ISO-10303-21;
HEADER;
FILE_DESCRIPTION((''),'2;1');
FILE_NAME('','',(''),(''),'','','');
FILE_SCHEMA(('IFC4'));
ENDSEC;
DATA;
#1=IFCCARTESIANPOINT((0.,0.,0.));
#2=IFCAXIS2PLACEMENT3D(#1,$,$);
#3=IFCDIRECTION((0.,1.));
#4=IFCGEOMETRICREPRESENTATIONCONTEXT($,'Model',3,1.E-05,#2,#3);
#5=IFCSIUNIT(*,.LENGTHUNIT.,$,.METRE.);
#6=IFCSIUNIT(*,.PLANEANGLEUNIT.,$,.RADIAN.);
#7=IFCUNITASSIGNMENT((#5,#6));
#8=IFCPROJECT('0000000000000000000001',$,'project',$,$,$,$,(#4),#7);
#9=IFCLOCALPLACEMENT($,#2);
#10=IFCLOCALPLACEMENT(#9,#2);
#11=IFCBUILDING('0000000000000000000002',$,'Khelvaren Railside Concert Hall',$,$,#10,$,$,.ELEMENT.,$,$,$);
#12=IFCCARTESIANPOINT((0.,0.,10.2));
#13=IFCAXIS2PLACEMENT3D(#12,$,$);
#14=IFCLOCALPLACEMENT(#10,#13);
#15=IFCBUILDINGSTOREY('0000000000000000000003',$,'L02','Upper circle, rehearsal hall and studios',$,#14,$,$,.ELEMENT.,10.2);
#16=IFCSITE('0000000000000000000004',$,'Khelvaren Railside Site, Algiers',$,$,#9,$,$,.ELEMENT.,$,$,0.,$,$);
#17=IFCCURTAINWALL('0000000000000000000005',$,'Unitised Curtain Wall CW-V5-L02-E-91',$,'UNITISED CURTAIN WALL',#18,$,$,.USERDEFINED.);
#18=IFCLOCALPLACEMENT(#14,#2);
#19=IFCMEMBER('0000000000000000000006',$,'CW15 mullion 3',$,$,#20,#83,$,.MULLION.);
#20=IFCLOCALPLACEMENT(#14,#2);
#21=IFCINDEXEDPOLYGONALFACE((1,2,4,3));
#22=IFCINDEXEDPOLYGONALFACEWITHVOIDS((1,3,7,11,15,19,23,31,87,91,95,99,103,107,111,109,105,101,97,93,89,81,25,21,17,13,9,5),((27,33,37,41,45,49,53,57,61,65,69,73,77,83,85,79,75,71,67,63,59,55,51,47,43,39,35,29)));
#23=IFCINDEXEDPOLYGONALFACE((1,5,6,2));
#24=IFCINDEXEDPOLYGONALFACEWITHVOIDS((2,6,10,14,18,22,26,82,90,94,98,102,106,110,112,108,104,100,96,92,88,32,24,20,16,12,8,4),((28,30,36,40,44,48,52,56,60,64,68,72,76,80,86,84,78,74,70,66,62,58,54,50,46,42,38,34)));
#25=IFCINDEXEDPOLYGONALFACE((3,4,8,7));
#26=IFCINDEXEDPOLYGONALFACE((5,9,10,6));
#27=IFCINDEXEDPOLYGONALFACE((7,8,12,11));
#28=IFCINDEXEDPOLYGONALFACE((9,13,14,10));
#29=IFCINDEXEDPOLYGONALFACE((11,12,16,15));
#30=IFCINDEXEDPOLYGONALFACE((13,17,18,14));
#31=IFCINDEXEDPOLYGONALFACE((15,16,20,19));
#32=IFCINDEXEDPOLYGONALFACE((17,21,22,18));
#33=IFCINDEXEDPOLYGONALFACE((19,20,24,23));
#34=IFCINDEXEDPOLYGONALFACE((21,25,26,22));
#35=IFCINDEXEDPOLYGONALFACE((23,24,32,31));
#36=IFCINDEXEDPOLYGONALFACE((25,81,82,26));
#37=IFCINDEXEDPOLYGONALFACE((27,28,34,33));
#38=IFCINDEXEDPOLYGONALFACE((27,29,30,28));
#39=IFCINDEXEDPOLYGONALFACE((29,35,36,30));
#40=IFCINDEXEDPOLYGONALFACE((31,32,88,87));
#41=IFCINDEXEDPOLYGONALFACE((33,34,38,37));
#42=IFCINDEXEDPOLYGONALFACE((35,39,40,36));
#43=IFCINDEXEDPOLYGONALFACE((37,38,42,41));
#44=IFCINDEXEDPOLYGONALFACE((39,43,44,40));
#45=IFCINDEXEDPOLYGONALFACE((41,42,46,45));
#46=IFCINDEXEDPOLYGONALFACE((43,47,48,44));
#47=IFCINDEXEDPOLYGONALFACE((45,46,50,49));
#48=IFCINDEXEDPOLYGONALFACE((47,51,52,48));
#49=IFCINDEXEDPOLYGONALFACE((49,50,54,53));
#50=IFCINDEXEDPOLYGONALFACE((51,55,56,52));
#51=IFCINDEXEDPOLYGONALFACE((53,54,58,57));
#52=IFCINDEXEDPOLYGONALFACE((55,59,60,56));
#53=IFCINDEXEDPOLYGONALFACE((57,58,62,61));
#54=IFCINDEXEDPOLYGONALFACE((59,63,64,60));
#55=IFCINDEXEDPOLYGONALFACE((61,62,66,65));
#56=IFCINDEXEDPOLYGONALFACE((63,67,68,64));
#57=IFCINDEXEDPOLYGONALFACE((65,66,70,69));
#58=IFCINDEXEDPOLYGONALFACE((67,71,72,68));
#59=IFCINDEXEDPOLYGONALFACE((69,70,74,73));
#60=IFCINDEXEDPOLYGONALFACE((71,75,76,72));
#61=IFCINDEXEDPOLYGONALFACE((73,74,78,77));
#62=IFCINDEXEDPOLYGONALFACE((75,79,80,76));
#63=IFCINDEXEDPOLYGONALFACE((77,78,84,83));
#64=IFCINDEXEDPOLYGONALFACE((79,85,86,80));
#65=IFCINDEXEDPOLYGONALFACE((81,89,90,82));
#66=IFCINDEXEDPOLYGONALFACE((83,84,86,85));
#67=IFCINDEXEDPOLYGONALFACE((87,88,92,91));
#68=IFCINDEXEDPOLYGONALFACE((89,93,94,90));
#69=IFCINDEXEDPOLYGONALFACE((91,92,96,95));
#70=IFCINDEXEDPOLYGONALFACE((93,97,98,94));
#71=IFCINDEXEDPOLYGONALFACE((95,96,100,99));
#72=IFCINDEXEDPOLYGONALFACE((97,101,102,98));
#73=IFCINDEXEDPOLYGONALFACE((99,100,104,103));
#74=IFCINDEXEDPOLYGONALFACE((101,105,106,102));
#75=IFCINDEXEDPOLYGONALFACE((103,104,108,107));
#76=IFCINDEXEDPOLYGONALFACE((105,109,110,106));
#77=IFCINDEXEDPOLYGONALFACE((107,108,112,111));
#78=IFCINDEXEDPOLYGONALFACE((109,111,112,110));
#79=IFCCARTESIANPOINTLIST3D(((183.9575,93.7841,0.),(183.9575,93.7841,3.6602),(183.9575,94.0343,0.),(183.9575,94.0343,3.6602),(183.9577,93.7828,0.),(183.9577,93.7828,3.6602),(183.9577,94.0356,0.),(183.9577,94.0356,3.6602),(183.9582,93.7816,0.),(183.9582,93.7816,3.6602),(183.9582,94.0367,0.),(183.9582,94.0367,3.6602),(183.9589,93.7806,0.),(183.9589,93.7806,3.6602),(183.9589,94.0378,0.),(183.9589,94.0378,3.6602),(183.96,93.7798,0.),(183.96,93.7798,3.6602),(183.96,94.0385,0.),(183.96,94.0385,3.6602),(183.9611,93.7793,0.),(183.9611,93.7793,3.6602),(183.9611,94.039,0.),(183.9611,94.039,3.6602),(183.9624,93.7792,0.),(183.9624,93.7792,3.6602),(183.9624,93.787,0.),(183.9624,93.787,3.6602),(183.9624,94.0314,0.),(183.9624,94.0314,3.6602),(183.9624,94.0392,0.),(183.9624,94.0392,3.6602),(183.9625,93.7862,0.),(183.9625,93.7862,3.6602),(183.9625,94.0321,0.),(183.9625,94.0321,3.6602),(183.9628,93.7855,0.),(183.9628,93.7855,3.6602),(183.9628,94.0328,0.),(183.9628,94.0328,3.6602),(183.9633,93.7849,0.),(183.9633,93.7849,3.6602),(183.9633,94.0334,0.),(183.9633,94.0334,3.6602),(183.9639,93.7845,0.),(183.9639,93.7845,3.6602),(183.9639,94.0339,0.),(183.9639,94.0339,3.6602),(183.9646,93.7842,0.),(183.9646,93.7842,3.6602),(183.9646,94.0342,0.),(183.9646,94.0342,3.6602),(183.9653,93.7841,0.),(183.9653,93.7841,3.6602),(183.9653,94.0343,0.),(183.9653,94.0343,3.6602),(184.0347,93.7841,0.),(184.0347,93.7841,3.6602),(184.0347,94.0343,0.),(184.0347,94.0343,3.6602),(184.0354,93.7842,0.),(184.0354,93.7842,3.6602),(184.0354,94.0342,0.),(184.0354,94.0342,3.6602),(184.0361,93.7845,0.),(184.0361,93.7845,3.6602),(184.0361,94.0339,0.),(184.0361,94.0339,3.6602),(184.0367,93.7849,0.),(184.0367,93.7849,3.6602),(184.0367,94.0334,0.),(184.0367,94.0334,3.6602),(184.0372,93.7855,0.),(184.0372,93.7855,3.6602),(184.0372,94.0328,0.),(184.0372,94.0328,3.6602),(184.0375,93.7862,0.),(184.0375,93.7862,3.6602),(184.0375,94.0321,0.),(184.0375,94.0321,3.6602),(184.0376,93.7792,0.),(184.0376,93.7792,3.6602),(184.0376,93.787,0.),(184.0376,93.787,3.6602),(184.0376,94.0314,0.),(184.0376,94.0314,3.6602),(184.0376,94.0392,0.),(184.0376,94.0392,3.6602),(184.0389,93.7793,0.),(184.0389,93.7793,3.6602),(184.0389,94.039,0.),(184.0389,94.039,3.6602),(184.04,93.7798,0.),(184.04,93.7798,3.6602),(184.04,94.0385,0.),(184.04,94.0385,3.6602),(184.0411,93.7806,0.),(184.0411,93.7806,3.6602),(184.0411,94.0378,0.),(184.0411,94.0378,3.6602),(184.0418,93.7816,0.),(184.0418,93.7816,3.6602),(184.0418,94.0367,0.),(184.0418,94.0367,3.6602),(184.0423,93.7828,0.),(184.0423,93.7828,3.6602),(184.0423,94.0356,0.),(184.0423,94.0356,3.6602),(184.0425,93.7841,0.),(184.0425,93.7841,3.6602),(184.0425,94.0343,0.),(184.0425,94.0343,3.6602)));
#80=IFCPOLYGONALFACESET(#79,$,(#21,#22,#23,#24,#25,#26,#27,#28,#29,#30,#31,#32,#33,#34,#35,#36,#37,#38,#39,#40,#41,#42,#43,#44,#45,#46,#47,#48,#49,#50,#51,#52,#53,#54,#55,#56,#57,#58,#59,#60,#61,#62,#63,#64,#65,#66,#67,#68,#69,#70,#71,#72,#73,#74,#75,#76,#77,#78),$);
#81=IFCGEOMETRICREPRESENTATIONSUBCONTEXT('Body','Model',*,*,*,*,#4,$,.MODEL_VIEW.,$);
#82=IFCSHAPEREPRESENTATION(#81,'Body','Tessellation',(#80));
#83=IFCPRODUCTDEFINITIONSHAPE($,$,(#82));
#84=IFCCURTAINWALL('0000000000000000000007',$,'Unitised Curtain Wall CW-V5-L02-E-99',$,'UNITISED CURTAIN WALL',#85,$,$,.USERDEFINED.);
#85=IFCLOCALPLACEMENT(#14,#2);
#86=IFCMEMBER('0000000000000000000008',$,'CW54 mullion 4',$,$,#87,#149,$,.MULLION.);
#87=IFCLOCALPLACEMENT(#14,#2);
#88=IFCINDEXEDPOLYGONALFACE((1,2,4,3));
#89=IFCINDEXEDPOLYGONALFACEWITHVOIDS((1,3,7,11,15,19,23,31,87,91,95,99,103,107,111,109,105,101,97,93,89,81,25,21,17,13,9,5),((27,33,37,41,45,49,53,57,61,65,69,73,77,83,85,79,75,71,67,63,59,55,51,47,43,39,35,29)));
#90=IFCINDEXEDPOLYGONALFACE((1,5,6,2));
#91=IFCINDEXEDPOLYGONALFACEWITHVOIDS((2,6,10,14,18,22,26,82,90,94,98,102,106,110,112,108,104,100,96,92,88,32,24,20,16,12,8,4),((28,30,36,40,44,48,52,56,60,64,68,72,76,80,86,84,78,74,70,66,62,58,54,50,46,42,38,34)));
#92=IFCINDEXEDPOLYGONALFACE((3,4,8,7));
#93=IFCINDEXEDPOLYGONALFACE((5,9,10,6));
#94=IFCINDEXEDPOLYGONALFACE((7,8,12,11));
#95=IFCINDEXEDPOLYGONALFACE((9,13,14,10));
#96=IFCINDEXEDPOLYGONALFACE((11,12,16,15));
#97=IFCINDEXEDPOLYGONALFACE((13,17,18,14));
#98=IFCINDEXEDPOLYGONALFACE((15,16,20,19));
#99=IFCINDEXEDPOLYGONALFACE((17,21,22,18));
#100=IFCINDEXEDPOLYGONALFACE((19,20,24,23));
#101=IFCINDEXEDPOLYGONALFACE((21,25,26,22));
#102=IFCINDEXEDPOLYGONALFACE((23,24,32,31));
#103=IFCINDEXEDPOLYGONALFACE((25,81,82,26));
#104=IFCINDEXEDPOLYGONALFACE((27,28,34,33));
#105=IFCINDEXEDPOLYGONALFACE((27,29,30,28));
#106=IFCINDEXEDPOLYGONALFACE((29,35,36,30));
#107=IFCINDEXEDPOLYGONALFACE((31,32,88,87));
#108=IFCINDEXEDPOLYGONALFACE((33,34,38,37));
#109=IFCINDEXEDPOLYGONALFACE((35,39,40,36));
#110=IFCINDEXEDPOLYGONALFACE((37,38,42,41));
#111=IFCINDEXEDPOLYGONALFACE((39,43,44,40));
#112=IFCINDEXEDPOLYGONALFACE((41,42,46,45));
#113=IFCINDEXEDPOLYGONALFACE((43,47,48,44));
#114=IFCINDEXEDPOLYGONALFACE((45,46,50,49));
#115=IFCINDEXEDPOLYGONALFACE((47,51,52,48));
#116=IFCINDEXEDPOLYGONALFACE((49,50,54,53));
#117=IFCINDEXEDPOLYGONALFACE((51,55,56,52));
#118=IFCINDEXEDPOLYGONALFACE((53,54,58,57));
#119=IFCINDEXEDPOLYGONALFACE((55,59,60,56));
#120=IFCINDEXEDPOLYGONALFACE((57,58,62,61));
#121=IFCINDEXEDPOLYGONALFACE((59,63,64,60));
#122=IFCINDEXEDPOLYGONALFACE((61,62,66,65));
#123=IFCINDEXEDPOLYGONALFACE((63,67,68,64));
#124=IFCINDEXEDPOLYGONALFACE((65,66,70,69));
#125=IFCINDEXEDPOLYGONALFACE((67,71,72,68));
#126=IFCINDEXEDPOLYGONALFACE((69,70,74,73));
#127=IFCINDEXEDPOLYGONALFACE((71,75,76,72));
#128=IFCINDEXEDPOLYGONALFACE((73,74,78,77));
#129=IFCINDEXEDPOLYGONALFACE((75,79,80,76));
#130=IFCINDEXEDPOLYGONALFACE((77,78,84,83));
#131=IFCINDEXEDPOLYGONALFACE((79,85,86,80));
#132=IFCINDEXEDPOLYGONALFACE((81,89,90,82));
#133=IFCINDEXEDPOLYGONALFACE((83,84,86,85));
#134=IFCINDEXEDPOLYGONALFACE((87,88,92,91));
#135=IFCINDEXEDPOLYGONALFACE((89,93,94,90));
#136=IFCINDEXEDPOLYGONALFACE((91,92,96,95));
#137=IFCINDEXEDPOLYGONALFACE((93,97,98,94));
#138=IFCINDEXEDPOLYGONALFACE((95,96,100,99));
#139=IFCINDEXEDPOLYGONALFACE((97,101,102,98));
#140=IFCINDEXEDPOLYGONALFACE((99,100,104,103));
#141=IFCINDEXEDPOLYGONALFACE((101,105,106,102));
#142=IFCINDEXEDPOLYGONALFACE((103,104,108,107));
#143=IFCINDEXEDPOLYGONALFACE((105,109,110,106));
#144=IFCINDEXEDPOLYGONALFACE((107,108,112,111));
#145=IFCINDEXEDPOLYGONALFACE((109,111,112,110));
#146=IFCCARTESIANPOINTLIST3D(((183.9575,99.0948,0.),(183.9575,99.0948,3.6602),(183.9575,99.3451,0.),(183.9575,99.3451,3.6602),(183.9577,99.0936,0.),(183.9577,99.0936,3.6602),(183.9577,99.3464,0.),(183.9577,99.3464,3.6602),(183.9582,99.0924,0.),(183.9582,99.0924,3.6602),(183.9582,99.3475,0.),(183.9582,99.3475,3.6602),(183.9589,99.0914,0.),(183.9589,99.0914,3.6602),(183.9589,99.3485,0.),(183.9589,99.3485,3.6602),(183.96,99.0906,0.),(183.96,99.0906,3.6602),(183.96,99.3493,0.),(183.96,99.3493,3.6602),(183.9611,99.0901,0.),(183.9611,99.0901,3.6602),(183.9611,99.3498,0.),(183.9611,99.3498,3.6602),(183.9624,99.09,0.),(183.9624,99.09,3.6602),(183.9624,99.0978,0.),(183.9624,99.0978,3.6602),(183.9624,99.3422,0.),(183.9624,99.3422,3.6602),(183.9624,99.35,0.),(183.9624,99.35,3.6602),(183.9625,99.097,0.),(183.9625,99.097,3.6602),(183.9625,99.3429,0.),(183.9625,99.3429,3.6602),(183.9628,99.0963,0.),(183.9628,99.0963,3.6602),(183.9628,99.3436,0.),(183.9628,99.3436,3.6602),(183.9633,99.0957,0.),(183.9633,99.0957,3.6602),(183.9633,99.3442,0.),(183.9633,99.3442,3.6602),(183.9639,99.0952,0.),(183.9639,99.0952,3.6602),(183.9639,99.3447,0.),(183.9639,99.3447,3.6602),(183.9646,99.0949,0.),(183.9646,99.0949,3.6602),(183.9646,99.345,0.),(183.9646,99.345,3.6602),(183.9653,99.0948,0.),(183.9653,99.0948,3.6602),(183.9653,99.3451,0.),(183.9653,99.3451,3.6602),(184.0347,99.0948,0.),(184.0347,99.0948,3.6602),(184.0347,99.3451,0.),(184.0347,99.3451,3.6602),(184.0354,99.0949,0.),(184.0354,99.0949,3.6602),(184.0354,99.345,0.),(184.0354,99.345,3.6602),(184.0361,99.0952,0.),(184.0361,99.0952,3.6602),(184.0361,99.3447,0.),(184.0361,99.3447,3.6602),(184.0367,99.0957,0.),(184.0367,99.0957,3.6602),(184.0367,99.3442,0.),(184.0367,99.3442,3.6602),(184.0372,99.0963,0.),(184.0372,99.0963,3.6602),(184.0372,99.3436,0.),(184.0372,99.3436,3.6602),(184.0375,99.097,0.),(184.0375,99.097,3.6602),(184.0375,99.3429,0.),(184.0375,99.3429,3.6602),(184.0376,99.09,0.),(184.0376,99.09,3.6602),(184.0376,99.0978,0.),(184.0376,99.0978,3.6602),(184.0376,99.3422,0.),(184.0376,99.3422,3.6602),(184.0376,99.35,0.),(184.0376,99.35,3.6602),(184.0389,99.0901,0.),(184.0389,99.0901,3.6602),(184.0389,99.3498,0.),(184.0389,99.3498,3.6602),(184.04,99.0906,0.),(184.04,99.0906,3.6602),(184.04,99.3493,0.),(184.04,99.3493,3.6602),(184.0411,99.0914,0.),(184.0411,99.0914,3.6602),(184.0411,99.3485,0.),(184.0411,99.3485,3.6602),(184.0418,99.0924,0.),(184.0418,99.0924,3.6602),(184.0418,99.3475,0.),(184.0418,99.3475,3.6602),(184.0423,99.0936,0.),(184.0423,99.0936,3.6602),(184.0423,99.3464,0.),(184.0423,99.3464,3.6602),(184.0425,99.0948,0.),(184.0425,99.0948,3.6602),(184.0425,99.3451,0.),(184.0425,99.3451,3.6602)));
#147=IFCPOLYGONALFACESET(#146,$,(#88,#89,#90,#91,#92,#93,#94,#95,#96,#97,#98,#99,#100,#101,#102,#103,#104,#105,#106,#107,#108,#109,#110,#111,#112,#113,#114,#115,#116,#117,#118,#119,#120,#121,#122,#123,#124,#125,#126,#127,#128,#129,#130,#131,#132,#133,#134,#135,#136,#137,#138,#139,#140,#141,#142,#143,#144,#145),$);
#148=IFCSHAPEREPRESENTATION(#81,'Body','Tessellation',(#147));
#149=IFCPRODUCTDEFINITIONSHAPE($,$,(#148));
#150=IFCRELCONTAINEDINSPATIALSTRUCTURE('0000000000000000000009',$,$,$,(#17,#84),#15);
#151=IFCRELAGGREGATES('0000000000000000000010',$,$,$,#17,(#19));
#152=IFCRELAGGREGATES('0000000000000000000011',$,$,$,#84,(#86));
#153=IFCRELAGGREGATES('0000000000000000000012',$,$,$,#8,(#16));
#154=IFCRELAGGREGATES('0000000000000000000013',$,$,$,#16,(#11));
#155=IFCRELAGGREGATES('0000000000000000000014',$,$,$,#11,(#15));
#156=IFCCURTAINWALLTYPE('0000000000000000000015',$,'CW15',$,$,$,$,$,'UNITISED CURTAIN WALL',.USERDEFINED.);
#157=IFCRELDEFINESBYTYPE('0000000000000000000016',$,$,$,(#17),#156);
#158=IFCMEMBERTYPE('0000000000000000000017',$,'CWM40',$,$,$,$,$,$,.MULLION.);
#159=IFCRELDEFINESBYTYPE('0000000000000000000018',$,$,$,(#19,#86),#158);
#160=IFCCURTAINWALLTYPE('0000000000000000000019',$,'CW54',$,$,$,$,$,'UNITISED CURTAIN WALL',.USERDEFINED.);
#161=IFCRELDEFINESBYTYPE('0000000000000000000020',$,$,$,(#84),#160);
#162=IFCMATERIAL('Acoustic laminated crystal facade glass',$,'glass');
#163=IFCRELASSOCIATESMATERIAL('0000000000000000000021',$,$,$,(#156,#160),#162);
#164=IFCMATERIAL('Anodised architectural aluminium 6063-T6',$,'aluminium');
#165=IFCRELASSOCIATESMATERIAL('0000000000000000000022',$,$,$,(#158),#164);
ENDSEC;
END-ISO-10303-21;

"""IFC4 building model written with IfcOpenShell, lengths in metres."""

from ifc_helpers import new_model, si_unit, direction, frame, origin, origin_2d, place, context, subcontext, project, spatial, hollow_rectangle, extrude, material, material_profile, profile_set, type_object, element, aggregate, save


model = new_model("IFC4")

# Units and contexts
model_context = context("Model", 3, precision=1e-05, world=origin(), true_north=direction((0.0, 1.0)))
body_context = subcontext(model_context, "Body", "Model", "MODEL_VIEW")
ifc_project = project(units=[si_unit("LENGTHUNIT", "METRE"), si_unit("PLANEANGLEUNIT", "RADIAN")], contexts=[model_context])

# Site, building, storey
site_placement = place(None, origin())
site = spatial("IfcSite", under=ifc_project, at=site_placement, Name="Khelvaren Railside Site, Algiers", CompositionType="ELEMENT", RefElevation=0.0)
building_placement = place(site_placement, origin())
building = spatial("IfcBuilding", under=site, at=building_placement, Name="Khelvaren Railside Concert Hall", CompositionType="ELEMENT")
storey_placement = place(building_placement, frame((0.0, 0.0, 10.2)))
storey = spatial("IfcBuildingStorey", under=building, at=storey_placement, Name="L02", Description="Upper circle, rehearsal hall and studios", CompositionType="ELEMENT", Elevation=10.2)

# Curtain wall, member
ifc_material_1 = material(Name="Acoustic laminated crystal facade glass", Category="glass")
curtain_wall_type_1 = type_object("IfcCurtainWallType", Name="CW15", ElementType="UNITISED CURTAIN WALL", PredefinedType="USERDEFINED", material=ifc_material_1)
curtain_wall_1_placement = place(storey_placement, origin())
curtain_wall_1 = element("IfcCurtainWall", 1, at=curtain_wall_1_placement, inside=storey, type_object=curtain_wall_type_1, Name="Unitised Curtain Wall CW-V5-L02-E-91", ObjectType="UNITISED CURTAIN WALL", PredefinedType="USERDEFINED")
ifc_material_2 = material(Name="Anodised architectural aluminium 6063-T6", Category="aluminium")
ifc_material_profile_1 = material_profile(ifc_material_2, hollow_rectangle(XDim=0.085, YDim=0.26, WallThickness=0.0049, InnerFilletRadius=0.0029, OuterFilletRadius=0.0049, at=origin_2d()), Name="CWM 85x260x5")
ifc_profile_set_1 = profile_set([ifc_material_profile_1], Name="Anodised architectural aluminium 6063-T6")
member_type_1 = type_object("IfcMemberType", Name="CWM40", PredefinedType="MULLION", material=ifc_profile_set_1)
member_1_placement = place(storey_placement, frame((184.0, 93.9092, 0.0), z_axis=(0.0, 0.0, 1.0), x_axis=(1.0, 0.0, 0.0)))
member_1 = element("IfcMember", 2, at=member_1_placement, type_object=member_type_1, Name="CW15 mullion 3", PredefinedType="MULLION", context=body_context, shape_type="SweptSolid", body=[
    extrude(hollow_rectangle(XDim=0.085, YDim=0.26, WallThickness=0.0049, InnerFilletRadius=0.0029, OuterFilletRadius=0.0049, at=origin_2d()), origin(), (0.0, 0.0, 1.0), 3.6602),
])

# Curtain wall, member
curtain_wall_type_2 = type_object("IfcCurtainWallType", Name="CW54", ElementType="UNITISED CURTAIN WALL", PredefinedType="USERDEFINED", material=ifc_material_1)
curtain_wall_2_placement = place(storey_placement, origin())
curtain_wall_2 = element("IfcCurtainWall", 3, at=curtain_wall_2_placement, inside=storey, type_object=curtain_wall_type_2, Name="Unitised Curtain Wall CW-V5-L02-E-99", ObjectType="UNITISED CURTAIN WALL", PredefinedType="USERDEFINED")
member_2_placement = place(storey_placement, frame((184.0, 99.22, 0.0), z_axis=(0.0, 0.0, 1.0), x_axis=(1.0, 0.0, 0.0)))
member_2 = element("IfcMember", 4, at=member_2_placement, type_object=member_type_1, Name="CW54 mullion 4", PredefinedType="MULLION", context=body_context, shape_type="SweptSolid", body=[
    extrude(hollow_rectangle(XDim=0.085, YDim=0.26, WallThickness=0.0049, InnerFilletRadius=0.0029, OuterFilletRadius=0.0049, at=origin_2d()), origin(), (0.0, 0.0, 1.0), 3.6602),
])

aggregate(curtain_wall_1, [member_1])
aggregate(curtain_wall_2, [member_2])

save(model, "model.ifc")
